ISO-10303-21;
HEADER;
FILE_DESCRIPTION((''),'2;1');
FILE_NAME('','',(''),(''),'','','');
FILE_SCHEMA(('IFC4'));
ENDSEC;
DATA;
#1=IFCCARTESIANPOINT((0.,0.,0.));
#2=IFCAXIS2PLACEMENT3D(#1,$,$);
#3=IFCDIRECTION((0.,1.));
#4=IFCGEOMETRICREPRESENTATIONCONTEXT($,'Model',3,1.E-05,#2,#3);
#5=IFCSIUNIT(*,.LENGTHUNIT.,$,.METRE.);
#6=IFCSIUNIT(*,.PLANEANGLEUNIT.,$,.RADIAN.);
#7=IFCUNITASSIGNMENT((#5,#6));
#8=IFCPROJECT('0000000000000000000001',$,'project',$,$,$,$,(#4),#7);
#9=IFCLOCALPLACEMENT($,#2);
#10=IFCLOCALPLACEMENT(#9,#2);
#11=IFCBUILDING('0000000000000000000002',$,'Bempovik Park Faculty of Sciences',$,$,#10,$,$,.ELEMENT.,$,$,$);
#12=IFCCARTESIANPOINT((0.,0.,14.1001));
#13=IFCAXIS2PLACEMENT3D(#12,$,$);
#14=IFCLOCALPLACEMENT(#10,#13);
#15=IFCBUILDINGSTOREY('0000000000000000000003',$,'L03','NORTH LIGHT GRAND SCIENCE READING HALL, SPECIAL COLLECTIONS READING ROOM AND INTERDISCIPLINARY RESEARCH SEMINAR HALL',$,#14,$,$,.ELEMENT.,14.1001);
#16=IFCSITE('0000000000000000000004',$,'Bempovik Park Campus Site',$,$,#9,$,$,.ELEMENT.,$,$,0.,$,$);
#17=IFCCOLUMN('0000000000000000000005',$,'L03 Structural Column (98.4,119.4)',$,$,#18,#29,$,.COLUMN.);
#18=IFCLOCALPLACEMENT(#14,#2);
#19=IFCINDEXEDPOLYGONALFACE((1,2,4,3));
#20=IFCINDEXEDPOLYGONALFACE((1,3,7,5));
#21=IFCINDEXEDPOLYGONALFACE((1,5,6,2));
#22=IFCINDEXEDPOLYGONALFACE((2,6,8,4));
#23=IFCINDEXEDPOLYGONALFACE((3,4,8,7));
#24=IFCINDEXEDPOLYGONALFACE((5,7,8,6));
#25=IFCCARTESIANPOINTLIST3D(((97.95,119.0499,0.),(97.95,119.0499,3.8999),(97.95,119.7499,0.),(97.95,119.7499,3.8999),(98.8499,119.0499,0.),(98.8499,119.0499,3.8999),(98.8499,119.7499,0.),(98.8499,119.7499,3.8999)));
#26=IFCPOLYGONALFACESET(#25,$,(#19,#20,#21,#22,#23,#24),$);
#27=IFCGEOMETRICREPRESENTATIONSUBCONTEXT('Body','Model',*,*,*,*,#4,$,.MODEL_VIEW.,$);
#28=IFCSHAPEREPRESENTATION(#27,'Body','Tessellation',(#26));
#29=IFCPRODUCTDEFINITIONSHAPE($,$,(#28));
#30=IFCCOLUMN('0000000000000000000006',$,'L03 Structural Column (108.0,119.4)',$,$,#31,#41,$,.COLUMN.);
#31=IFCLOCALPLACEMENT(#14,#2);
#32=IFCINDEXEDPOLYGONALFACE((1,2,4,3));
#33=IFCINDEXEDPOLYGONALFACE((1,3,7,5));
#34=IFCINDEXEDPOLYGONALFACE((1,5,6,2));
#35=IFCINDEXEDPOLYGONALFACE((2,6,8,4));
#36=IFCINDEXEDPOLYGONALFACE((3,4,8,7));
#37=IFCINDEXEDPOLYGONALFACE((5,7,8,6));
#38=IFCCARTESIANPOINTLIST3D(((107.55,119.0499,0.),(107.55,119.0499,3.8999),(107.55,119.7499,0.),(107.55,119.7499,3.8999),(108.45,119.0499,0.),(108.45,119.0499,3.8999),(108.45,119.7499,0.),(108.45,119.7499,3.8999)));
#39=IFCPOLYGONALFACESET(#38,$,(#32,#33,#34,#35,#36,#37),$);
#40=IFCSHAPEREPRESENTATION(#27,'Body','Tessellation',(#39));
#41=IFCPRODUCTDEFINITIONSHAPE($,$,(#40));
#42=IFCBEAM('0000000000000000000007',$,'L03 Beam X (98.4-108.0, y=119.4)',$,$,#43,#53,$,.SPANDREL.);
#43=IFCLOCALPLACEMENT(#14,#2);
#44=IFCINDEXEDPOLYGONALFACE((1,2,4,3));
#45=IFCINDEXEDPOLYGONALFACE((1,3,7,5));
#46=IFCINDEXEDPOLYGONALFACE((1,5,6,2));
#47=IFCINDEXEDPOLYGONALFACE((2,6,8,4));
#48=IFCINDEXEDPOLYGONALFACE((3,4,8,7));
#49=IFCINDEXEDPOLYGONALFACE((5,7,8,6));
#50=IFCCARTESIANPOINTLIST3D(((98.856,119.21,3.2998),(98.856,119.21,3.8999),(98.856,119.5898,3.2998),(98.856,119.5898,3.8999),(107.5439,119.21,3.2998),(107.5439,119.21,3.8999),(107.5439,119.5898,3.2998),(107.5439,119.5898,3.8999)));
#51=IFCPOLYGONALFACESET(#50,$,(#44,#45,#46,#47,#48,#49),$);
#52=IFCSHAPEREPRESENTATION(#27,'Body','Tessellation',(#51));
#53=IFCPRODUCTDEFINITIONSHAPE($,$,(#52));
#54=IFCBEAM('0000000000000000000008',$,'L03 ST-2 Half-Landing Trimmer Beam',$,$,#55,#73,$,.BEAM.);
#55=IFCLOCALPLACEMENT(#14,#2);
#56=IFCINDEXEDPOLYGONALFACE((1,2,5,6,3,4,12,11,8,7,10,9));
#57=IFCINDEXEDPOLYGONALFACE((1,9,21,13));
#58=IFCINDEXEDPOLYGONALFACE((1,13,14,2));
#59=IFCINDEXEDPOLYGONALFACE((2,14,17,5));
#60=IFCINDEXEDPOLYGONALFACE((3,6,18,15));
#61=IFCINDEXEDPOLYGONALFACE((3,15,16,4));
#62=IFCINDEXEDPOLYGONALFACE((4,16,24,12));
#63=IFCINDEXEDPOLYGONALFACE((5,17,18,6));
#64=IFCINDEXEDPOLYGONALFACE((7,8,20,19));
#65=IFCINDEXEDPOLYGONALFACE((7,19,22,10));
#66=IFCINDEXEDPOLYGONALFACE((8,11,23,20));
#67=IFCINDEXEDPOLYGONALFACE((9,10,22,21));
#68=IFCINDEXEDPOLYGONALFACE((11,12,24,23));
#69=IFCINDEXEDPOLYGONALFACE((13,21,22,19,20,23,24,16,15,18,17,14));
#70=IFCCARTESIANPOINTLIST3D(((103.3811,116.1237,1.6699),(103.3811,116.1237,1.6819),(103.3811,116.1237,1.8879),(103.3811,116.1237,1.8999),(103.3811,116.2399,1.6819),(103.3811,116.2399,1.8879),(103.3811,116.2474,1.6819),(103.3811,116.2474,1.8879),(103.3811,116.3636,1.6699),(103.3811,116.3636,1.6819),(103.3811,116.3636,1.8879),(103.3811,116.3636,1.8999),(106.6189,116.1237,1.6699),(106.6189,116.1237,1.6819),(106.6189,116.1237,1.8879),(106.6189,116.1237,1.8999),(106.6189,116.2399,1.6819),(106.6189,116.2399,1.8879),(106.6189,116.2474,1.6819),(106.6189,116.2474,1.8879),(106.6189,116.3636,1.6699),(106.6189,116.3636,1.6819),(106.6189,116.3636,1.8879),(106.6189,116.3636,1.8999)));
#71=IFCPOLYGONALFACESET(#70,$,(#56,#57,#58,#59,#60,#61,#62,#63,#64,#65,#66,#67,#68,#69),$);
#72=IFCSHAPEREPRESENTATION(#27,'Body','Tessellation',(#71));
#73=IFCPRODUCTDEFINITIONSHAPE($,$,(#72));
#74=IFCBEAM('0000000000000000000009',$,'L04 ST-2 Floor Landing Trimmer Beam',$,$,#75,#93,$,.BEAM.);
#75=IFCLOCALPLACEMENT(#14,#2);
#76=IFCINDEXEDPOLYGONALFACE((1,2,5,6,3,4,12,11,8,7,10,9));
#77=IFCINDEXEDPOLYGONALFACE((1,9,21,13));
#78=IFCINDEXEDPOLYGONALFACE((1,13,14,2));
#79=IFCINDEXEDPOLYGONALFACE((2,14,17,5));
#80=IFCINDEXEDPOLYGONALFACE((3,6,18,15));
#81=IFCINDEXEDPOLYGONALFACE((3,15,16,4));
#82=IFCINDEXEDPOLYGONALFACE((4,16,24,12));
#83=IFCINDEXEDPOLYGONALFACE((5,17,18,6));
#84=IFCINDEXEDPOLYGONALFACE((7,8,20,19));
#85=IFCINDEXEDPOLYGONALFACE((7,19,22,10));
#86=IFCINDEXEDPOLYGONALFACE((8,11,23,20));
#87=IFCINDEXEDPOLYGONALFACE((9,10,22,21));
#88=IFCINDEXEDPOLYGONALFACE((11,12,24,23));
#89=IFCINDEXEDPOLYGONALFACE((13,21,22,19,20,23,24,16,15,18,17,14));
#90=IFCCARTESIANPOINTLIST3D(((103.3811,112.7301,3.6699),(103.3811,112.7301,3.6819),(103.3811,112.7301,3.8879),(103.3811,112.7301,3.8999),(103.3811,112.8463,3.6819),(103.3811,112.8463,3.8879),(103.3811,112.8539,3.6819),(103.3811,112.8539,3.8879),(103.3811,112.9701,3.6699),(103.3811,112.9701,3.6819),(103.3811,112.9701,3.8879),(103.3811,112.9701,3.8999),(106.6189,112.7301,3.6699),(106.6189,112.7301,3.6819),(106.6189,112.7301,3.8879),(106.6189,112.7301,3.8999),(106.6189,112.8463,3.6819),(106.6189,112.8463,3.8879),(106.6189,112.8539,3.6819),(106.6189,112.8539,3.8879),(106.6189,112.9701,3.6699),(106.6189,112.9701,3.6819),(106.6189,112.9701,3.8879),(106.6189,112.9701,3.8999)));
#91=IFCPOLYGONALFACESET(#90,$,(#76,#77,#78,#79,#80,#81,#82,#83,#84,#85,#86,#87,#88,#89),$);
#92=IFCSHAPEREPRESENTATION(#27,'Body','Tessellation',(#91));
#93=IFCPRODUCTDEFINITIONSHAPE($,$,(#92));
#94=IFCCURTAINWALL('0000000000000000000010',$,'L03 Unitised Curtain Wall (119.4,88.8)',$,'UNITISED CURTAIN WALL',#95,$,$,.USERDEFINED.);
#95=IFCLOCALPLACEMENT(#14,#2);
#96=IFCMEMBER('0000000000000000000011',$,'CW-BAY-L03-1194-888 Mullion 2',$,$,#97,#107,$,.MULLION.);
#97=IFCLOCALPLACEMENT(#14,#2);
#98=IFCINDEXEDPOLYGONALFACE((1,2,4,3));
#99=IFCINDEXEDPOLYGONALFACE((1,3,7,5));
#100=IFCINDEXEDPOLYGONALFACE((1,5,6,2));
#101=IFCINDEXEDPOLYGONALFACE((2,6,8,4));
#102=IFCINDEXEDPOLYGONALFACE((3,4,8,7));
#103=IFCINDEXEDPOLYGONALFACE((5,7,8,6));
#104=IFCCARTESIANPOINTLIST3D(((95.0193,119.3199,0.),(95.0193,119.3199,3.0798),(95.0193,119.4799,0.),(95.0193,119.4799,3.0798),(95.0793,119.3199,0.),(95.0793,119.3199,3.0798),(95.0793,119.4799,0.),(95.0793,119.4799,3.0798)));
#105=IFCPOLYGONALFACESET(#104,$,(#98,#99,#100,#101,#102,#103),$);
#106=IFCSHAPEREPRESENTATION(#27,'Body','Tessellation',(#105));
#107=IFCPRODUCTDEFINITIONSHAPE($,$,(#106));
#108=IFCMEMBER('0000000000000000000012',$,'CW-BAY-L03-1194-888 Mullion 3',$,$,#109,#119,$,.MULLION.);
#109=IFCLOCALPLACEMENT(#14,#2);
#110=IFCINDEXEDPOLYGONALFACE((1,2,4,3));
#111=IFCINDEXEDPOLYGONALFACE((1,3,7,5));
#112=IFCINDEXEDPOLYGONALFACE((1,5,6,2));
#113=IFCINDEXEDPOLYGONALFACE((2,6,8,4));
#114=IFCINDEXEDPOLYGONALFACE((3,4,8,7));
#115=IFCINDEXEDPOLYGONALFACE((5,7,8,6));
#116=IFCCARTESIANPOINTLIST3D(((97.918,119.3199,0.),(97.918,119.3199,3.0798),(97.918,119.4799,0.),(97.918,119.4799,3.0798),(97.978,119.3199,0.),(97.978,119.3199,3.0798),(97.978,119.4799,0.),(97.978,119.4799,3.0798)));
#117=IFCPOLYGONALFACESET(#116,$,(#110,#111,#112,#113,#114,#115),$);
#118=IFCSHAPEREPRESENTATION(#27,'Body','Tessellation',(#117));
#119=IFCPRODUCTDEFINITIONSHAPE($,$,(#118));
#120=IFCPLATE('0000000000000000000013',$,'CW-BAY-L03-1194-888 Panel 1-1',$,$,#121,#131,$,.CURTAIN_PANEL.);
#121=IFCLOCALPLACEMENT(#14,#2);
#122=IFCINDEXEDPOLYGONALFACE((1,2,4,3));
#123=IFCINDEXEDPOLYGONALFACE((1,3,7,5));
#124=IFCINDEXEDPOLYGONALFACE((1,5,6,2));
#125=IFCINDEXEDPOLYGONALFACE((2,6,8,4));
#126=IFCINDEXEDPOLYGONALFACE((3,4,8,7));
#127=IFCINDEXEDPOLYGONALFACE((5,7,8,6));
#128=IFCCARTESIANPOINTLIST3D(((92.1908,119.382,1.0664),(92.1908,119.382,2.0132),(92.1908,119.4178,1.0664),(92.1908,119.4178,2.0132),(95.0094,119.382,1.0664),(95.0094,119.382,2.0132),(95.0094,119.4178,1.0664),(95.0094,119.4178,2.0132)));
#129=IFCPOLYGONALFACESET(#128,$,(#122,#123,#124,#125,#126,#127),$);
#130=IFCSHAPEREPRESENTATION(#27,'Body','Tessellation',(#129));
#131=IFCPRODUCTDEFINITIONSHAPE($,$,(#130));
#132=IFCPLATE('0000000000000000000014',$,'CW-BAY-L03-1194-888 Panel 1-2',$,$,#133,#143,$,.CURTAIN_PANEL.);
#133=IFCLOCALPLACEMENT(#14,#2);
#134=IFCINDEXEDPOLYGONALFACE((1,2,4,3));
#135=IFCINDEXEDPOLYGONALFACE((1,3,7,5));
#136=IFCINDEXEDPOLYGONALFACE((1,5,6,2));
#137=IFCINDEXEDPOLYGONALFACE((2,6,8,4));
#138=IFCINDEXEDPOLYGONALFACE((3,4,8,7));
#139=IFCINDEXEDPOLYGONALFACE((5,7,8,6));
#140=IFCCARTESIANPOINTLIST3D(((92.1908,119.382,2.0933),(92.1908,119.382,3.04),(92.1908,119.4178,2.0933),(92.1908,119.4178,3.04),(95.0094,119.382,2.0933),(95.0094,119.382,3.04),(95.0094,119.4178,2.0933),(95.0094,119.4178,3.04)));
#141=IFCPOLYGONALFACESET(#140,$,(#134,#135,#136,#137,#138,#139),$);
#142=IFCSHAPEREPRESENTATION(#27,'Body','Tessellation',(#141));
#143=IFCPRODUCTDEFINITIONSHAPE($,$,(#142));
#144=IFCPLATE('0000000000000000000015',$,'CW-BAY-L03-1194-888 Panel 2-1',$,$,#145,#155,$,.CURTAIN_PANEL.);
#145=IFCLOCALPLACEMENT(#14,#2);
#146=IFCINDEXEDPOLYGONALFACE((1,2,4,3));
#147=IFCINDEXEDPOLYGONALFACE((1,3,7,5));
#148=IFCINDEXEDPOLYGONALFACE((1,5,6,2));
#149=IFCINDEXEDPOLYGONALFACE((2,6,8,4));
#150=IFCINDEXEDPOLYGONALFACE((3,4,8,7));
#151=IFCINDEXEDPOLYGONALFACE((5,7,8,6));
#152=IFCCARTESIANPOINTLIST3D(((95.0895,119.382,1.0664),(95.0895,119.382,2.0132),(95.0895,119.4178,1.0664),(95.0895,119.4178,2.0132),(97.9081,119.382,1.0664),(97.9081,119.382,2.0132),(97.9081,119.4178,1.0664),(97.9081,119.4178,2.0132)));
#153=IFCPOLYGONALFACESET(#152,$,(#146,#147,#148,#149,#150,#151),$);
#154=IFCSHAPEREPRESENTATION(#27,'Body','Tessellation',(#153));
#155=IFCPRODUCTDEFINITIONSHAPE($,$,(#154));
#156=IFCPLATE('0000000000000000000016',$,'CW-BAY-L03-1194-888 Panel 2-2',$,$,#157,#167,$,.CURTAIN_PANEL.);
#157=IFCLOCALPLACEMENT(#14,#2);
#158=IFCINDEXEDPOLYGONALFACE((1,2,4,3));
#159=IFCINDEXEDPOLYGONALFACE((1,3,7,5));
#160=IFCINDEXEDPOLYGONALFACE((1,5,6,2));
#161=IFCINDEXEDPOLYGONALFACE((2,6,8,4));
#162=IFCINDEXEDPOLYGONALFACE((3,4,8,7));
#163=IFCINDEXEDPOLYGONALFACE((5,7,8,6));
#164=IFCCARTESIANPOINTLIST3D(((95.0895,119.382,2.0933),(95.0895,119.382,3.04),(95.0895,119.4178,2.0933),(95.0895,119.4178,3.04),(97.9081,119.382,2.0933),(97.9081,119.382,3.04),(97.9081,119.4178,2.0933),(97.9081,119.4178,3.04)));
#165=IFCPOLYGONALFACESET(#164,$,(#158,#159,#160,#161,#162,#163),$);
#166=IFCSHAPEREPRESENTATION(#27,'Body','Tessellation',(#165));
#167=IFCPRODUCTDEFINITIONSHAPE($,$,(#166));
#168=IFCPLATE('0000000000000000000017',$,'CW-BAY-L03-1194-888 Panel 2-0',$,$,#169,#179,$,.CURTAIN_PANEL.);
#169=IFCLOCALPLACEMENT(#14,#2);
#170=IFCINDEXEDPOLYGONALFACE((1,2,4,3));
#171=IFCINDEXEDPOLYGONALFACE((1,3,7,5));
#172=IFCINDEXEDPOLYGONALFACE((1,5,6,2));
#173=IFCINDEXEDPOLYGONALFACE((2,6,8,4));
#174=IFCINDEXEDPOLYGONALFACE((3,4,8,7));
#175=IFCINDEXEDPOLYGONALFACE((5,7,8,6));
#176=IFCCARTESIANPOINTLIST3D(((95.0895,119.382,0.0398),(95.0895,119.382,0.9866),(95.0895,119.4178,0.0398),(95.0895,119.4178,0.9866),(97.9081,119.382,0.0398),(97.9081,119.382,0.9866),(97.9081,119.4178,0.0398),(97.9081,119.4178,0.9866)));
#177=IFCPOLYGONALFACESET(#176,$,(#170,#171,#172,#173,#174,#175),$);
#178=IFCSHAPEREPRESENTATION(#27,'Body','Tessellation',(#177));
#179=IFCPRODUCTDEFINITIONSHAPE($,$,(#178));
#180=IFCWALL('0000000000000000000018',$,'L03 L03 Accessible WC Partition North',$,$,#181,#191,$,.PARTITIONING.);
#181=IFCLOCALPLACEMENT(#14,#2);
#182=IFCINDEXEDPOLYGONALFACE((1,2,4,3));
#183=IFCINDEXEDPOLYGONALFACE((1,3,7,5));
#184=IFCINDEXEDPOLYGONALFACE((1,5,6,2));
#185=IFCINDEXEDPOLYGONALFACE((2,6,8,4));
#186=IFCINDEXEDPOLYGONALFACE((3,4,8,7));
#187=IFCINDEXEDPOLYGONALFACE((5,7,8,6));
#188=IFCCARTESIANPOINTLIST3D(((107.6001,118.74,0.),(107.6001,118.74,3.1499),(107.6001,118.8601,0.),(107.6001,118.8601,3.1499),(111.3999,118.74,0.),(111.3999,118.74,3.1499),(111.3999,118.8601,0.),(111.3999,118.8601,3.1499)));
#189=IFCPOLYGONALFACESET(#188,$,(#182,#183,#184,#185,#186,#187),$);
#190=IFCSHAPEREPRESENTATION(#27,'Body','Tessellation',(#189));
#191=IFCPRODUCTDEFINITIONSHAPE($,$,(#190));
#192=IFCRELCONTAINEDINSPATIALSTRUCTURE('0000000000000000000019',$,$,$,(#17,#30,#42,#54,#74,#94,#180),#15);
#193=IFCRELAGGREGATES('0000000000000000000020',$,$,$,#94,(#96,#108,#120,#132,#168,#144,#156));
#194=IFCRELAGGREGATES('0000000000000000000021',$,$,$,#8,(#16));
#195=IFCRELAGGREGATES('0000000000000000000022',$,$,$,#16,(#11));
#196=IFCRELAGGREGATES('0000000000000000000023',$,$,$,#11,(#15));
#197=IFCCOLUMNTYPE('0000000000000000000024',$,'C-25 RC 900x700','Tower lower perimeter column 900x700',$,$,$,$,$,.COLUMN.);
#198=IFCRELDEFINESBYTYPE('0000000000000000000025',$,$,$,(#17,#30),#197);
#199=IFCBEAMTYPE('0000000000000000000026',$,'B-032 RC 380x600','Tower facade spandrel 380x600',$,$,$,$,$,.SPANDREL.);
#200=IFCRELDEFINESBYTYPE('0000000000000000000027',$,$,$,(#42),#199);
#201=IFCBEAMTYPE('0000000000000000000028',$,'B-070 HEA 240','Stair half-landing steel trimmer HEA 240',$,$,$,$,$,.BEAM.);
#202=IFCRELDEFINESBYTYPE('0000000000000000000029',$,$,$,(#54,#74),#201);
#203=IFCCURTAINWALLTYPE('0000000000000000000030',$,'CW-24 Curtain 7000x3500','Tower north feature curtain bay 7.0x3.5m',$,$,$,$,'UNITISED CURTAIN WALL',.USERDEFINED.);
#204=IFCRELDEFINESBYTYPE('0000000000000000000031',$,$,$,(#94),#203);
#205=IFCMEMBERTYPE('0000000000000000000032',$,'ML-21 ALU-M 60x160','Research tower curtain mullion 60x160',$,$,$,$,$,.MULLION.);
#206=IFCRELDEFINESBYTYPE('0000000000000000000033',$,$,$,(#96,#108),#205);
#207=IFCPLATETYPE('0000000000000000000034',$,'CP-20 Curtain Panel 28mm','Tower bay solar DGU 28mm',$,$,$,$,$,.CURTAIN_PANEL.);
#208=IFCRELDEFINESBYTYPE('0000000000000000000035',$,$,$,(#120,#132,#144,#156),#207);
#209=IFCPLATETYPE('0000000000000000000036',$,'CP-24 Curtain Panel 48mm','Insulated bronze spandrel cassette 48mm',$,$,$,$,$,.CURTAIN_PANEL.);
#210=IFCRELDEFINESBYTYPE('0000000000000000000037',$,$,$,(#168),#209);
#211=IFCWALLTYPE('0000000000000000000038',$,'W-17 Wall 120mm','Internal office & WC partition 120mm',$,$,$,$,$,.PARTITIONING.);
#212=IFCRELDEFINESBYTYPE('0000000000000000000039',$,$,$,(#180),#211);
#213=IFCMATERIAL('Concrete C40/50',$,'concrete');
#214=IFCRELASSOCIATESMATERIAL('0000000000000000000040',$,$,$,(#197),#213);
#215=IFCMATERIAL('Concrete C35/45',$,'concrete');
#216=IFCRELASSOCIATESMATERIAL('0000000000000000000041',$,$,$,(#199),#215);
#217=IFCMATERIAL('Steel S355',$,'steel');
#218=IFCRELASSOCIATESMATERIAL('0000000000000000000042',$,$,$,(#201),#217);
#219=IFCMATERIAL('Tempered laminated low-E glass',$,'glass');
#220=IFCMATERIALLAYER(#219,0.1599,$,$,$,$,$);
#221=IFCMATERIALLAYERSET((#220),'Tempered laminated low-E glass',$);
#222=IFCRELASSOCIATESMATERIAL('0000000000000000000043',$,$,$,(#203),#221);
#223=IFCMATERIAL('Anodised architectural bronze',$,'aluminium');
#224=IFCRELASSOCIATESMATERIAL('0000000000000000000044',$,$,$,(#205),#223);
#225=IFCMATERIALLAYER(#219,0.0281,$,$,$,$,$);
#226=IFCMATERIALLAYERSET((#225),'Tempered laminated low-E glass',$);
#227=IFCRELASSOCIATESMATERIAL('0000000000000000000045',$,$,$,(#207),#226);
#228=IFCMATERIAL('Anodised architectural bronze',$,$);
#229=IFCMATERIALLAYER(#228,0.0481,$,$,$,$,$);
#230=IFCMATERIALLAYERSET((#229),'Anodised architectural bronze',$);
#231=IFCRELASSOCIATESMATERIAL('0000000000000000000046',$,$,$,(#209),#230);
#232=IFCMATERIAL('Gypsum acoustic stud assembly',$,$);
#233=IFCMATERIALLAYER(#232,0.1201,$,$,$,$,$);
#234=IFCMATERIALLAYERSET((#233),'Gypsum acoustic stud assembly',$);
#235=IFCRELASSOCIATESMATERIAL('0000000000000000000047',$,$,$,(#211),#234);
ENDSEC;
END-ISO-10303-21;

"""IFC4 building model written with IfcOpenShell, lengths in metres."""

from ifc_helpers import new_model, si_unit, direction, frame, frame_2d, origin, origin_2d, place, context, subcontext, project, spatial, rectangle, i_section, extrude, material, layer, layer_set, material_profile, profile_set, type_object, element, aggregate, save


model = new_model("IFC4")

# Units and contexts
model_context = context("Model", 3, precision=1e-05, world=origin(), true_north=direction((0.0, 1.0)))
body_context = subcontext(model_context, "Body", "Model", "MODEL_VIEW")
ifc_project = project(units=[si_unit("LENGTHUNIT", "METRE"), si_unit("PLANEANGLEUNIT", "RADIAN")], contexts=[model_context])

# Site, building, storey
site_placement = place(None, origin())
site = spatial("IfcSite", under=ifc_project, at=site_placement, Name="Bempovik Park Campus Site", CompositionType="ELEMENT", RefElevation=0.0)
building_placement = place(site_placement, origin())
building = spatial("IfcBuilding", under=site, at=building_placement, Name="Bempovik Park Faculty of Sciences", CompositionType="ELEMENT")
storey_placement = place(building_placement, frame((0.0, 0.0, 14.1001)))
storey = spatial("IfcBuildingStorey", under=building, at=storey_placement, Name="L03", Description="NORTH LIGHT GRAND SCIENCE READING HALL, SPECIAL COLLECTIONS READING ROOM AND INTERDISCIPLINARY RESEARCH SEMINAR HALL", CompositionType="ELEMENT", Elevation=14.1001)

# Columns
ifc_material_1 = material(Name="Concrete C40/50", Category="concrete")
ifc_material_profile_1 = material_profile(ifc_material_1, rectangle(XDim=0.8999, YDim=0.7, at=origin_2d()), Name="RC 900x700")
ifc_profile_set_1 = profile_set([ifc_material_profile_1], Name="Concrete C40/50")
column_type = type_object("IfcColumnType", Name="C-25 RC 900x700", Description="Tower lower perimeter column 900x700", PredefinedType="COLUMN", material=ifc_profile_set_1)
for number, where, z_axis, x_axis, name in (
    (1, (98.3999, 119.3999, 0.0), (0.0, 0.0, 1.0), (1.0, 0.0, 0.0), "L03 Structural Column (98.4,119.4)"),
    (2, (108.0, 119.3999, 0.0), (0.0, 0.0, 1.0), (1.0, 0.0, 0.0), "L03 Structural Column (108.0,119.4)"),
):
    element("IfcColumn", number, at=place(storey_placement, frame(where, z_axis=z_axis, x_axis=x_axis)), inside=storey, type_object=column_type, Name=name, PredefinedType="COLUMN", context=body_context, shape_type="SweptSolid", body=[
        extrude(rectangle(XDim=0.8999, YDim=0.7, at=origin_2d()), origin(), (0.0, 0.0, 1.0), 3.8999),
    ])

# Beams
ifc_material_2 = material(Name="Concrete C35/45", Category="concrete")
ifc_material_profile_2 = material_profile(ifc_material_2, rectangle(XDim=0.3799, YDim=0.6001, at=origin_2d()), Name="RC 380x600")
ifc_profile_set_2 = profile_set([ifc_material_profile_2], Name="Concrete C35/45")
beam_type_1 = type_object("IfcBeamType", Name="B-032 RC 380x600", Description="Tower facade spandrel 380x600", PredefinedType="SPANDREL", material=ifc_profile_set_2)
beam_placement = place(storey_placement, frame((98.856, 119.3999, 3.5999), z_axis=(1.0, 0.0, 0.0), x_axis=(0.0, 1.0, 0.0)))
element("IfcBeam", 3, at=beam_placement, inside=storey, type_object=beam_type_1, Name="L03 Beam X (98.4-108.0, y=119.4)", PredefinedType="SPANDREL", context=body_context, shape_type="SweptSolid", body=[
    extrude(rectangle(XDim=0.3799, YDim=0.6001, at=origin_2d()), origin(), (0.0, 0.0, 1.0), 8.688),
])
ifc_material_3 = material(Name="Steel S355", Category="steel")
ifc_material_profile_3 = material_profile(ifc_material_3, i_section(OverallWidth=0.24, OverallDepth=0.23, WebThickness=0.0076, FlangeThickness=0.012, at=origin_2d()), Name="HEA 240")
ifc_profile_set_3 = profile_set([ifc_material_profile_3], Name="Steel S355")
beam_type_2 = type_object("IfcBeamType", Name="B-070 HEA 240", Description="Stair half-landing steel trimmer HEA 240", PredefinedType="BEAM", material=ifc_profile_set_3)
for number, where, z_axis, x_axis, name in (
    (4, (103.3811, 116.2437, 1.7849), (1.0, 0.0, 0.0), (0.0, 1.0, 0.0), "L03 ST-2 Half-Landing Trimmer Beam"),
    (5, (103.3811, 112.8501, 3.7849), (1.0, 0.0, 0.0), (0.0, 1.0, 0.0), "L04 ST-2 Floor Landing Trimmer Beam"),
):
    element("IfcBeam", number, at=place(storey_placement, frame(where, z_axis=z_axis, x_axis=x_axis)), inside=storey, type_object=beam_type_2, Name=name, PredefinedType="BEAM", context=body_context, shape_type="SweptSolid", body=[
        extrude(i_section(OverallWidth=0.24, OverallDepth=0.23, WebThickness=0.0076, FlangeThickness=0.012, at=origin_2d()), origin(), (0.0, 0.0, 1.0), 3.2378),
    ])

# Curtain wall, members, plates
ifc_material_4 = material(Name="Tempered laminated low-E glass", Category="glass")
ifc_layer_1 = layer(ifc_material_4, 0.1599)
ifc_layer_set_1 = layer_set([ifc_layer_1], Name="Tempered laminated low-E glass")
curtain_wall_type = type_object("IfcCurtainWallType", Name="CW-24 Curtain 7000x3500", Description="Tower north feature curtain bay 7.0x3.5m", ElementType="UNITISED CURTAIN WALL", PredefinedType="USERDEFINED", material=ifc_layer_set_1)
curtain_wall_placement = place(storey_placement, origin())
curtain_wall = element("IfcCurtainWall", 6, at=curtain_wall_placement, inside=storey, type_object=curtain_wall_type, Name="L03 Unitised Curtain Wall (119.4,88.8)", ObjectType="UNITISED CURTAIN WALL", PredefinedType="USERDEFINED")
ifc_material_5 = material(Name="Anodised architectural bronze", Category="aluminium")
ifc_material_profile_4 = material_profile(ifc_material_5, rectangle(XDim=0.0601, YDim=0.1599, at=origin_2d()), Name="ALU-M 60x160")
ifc_profile_set_4 = profile_set([ifc_material_profile_4], Name="Anodised architectural bronze")
member_type = type_object("IfcMemberType", Name="ML-21 ALU-M 60x160", Description="Research tower curtain mullion 60x160", PredefinedType="MULLION", material=ifc_profile_set_4)
member_1_placement = place(storey_placement, frame((95.0493, 119.3999, 0.0), z_axis=(0.0, 0.0, 1.0), x_axis=(1.0, 0.0, 0.0)))
member_1 = element("IfcMember", 7, at=member_1_placement, type_object=member_type, Name="CW-BAY-L03-1194-888 Mullion 2", PredefinedType="MULLION", context=body_context, shape_type="SweptSolid", body=[
    extrude(rectangle(XDim=0.0601, YDim=0.1599, at=origin_2d()), origin(), (0.0, 0.0, 1.0), 3.0798),
])
member_2_placement = place(storey_placement, frame((97.948, 119.3999, 0.0), z_axis=(0.0, 0.0, 1.0), x_axis=(1.0, 0.0, 0.0)))
member_2 = element("IfcMember", 8, at=member_2_placement, type_object=member_type, Name="CW-BAY-L03-1194-888 Mullion 3", PredefinedType="MULLION", context=body_context, shape_type="SweptSolid", body=[
    extrude(rectangle(XDim=0.0601, YDim=0.1599, at=origin_2d()), origin(), (0.0, 0.0, 1.0), 3.0798),
])
ifc_layer_2 = layer(ifc_material_4, 0.0281)
ifc_layer_set_2 = layer_set([ifc_layer_2], Name="Tempered laminated low-E glass")
plate_type_1 = type_object("IfcPlateType", Name="CP-20 Curtain Panel 28mm", Description="Tower bay solar DGU 28mm", PredefinedType="CURTAIN_PANEL", material=ifc_layer_set_2)
plate_1_placement = place(storey_placement, frame((93.6001, 119.3999, 1.0664), z_axis=(0.0, 0.0, 1.0), x_axis=(1.0, 0.0, 0.0)))
plate_1 = element("IfcPlate", 9, at=plate_1_placement, type_object=plate_type_1, Name="CW-BAY-L03-1194-888 Panel 1-1", PredefinedType="CURTAIN_PANEL", context=body_context, shape_type="SweptSolid", body=[
    extrude(rectangle(XDim=2.8186, YDim=0.0359, at=origin_2d()), origin(), (0.0, 0.0, 1.0), 0.9468),
])
plate_2_placement = place(storey_placement, frame((93.6001, 119.3999, 2.0933), z_axis=(0.0, 0.0, 1.0), x_axis=(1.0, 0.0, 0.0)))
plate_2 = element("IfcPlate", 10, at=plate_2_placement, type_object=plate_type_1, Name="CW-BAY-L03-1194-888 Panel 1-2", PredefinedType="CURTAIN_PANEL", context=body_context, shape_type="SweptSolid", body=[
    extrude(rectangle(XDim=2.8186, YDim=0.0359, at=origin_2d()), origin(), (0.0, 0.0, 1.0), 0.9468),
])
plate_3_placement = place(storey_placement, frame((96.4988, 119.3999, 1.0664), z_axis=(0.0, 0.0, 1.0), x_axis=(1.0, 0.0, 0.0)))
plate_3 = element("IfcPlate", 11, at=plate_3_placement, type_object=plate_type_1, Name="CW-BAY-L03-1194-888 Panel 2-1", PredefinedType="CURTAIN_PANEL", context=body_context, shape_type="SweptSolid", body=[
    extrude(rectangle(XDim=2.8186, YDim=0.0359, at=origin_2d()), origin(), (0.0, 0.0, 1.0), 0.9468),
])
plate_4_placement = place(storey_placement, frame((96.4988, 119.3999, 2.0933), z_axis=(0.0, 0.0, 1.0), x_axis=(1.0, 0.0, 0.0)))
plate_4 = element("IfcPlate", 12, at=plate_4_placement, type_object=plate_type_1, Name="CW-BAY-L03-1194-888 Panel 2-2", PredefinedType="CURTAIN_PANEL", context=body_context, shape_type="SweptSolid", body=[
    extrude(rectangle(XDim=2.8186, YDim=0.0359, at=origin_2d()), origin(), (0.0, 0.0, 1.0), 0.9468),
])
ifc_material_6 = material(Name="Anodised architectural bronze")
ifc_layer_3 = layer(ifc_material_6, 0.0481)
ifc_layer_set_3 = layer_set([ifc_layer_3], Name="Anodised architectural bronze")
plate_type_2 = type_object("IfcPlateType", Name="CP-24 Curtain Panel 48mm", Description="Insulated bronze spandrel cassette 48mm", PredefinedType="CURTAIN_PANEL", material=ifc_layer_set_3)
plate_5_placement = place(storey_placement, frame((96.4988, 119.3999, 0.0398), z_axis=(0.0, 0.0, 1.0), x_axis=(1.0, 0.0, 0.0)))
plate_5 = element("IfcPlate", 13, at=plate_5_placement, type_object=plate_type_2, Name="CW-BAY-L03-1194-888 Panel 2-0", PredefinedType="CURTAIN_PANEL", context=body_context, shape_type="SweptSolid", body=[
    extrude(rectangle(XDim=2.8186, YDim=0.0359, at=origin_2d()), origin(), (0.0, 0.0, 1.0), 0.9468),
])
aggregate(curtain_wall, [member_1, member_2, plate_1, plate_2, plate_5, plate_3, plate_4])

# Wall
ifc_material_7 = material(Name="Gypsum acoustic stud assembly")
ifc_layer_4 = layer(ifc_material_7, 0.1201)
ifc_layer_set_4 = layer_set([ifc_layer_4], Name="Gypsum acoustic stud assembly")
wall_type_1 = type_object("IfcWallType", Name="W-17 Wall 120mm", Description="Internal office & WC partition 120mm", PredefinedType="PARTITIONING", material=ifc_layer_set_4)
wall_1_placement = place(storey_placement, frame((107.6001, 118.8, 0.0), z_axis=(0.0, 0.0, 1.0), x_axis=(1.0, 0.0, 0.0)))
element("IfcWall", 14, at=wall_1_placement, inside=storey, type_object=wall_type_1, Name="L03 L03 Accessible WC Partition North", PredefinedType="PARTITIONING", context=body_context, shape_type="SweptSolid", body=[
    extrude(rectangle(XDim=3.7998, YDim=0.1201, at=frame_2d((1.8999, 0.0))), origin(), (0.0, 0.0, 1.0), 3.1499),
])

save(model, "model.ifc")
